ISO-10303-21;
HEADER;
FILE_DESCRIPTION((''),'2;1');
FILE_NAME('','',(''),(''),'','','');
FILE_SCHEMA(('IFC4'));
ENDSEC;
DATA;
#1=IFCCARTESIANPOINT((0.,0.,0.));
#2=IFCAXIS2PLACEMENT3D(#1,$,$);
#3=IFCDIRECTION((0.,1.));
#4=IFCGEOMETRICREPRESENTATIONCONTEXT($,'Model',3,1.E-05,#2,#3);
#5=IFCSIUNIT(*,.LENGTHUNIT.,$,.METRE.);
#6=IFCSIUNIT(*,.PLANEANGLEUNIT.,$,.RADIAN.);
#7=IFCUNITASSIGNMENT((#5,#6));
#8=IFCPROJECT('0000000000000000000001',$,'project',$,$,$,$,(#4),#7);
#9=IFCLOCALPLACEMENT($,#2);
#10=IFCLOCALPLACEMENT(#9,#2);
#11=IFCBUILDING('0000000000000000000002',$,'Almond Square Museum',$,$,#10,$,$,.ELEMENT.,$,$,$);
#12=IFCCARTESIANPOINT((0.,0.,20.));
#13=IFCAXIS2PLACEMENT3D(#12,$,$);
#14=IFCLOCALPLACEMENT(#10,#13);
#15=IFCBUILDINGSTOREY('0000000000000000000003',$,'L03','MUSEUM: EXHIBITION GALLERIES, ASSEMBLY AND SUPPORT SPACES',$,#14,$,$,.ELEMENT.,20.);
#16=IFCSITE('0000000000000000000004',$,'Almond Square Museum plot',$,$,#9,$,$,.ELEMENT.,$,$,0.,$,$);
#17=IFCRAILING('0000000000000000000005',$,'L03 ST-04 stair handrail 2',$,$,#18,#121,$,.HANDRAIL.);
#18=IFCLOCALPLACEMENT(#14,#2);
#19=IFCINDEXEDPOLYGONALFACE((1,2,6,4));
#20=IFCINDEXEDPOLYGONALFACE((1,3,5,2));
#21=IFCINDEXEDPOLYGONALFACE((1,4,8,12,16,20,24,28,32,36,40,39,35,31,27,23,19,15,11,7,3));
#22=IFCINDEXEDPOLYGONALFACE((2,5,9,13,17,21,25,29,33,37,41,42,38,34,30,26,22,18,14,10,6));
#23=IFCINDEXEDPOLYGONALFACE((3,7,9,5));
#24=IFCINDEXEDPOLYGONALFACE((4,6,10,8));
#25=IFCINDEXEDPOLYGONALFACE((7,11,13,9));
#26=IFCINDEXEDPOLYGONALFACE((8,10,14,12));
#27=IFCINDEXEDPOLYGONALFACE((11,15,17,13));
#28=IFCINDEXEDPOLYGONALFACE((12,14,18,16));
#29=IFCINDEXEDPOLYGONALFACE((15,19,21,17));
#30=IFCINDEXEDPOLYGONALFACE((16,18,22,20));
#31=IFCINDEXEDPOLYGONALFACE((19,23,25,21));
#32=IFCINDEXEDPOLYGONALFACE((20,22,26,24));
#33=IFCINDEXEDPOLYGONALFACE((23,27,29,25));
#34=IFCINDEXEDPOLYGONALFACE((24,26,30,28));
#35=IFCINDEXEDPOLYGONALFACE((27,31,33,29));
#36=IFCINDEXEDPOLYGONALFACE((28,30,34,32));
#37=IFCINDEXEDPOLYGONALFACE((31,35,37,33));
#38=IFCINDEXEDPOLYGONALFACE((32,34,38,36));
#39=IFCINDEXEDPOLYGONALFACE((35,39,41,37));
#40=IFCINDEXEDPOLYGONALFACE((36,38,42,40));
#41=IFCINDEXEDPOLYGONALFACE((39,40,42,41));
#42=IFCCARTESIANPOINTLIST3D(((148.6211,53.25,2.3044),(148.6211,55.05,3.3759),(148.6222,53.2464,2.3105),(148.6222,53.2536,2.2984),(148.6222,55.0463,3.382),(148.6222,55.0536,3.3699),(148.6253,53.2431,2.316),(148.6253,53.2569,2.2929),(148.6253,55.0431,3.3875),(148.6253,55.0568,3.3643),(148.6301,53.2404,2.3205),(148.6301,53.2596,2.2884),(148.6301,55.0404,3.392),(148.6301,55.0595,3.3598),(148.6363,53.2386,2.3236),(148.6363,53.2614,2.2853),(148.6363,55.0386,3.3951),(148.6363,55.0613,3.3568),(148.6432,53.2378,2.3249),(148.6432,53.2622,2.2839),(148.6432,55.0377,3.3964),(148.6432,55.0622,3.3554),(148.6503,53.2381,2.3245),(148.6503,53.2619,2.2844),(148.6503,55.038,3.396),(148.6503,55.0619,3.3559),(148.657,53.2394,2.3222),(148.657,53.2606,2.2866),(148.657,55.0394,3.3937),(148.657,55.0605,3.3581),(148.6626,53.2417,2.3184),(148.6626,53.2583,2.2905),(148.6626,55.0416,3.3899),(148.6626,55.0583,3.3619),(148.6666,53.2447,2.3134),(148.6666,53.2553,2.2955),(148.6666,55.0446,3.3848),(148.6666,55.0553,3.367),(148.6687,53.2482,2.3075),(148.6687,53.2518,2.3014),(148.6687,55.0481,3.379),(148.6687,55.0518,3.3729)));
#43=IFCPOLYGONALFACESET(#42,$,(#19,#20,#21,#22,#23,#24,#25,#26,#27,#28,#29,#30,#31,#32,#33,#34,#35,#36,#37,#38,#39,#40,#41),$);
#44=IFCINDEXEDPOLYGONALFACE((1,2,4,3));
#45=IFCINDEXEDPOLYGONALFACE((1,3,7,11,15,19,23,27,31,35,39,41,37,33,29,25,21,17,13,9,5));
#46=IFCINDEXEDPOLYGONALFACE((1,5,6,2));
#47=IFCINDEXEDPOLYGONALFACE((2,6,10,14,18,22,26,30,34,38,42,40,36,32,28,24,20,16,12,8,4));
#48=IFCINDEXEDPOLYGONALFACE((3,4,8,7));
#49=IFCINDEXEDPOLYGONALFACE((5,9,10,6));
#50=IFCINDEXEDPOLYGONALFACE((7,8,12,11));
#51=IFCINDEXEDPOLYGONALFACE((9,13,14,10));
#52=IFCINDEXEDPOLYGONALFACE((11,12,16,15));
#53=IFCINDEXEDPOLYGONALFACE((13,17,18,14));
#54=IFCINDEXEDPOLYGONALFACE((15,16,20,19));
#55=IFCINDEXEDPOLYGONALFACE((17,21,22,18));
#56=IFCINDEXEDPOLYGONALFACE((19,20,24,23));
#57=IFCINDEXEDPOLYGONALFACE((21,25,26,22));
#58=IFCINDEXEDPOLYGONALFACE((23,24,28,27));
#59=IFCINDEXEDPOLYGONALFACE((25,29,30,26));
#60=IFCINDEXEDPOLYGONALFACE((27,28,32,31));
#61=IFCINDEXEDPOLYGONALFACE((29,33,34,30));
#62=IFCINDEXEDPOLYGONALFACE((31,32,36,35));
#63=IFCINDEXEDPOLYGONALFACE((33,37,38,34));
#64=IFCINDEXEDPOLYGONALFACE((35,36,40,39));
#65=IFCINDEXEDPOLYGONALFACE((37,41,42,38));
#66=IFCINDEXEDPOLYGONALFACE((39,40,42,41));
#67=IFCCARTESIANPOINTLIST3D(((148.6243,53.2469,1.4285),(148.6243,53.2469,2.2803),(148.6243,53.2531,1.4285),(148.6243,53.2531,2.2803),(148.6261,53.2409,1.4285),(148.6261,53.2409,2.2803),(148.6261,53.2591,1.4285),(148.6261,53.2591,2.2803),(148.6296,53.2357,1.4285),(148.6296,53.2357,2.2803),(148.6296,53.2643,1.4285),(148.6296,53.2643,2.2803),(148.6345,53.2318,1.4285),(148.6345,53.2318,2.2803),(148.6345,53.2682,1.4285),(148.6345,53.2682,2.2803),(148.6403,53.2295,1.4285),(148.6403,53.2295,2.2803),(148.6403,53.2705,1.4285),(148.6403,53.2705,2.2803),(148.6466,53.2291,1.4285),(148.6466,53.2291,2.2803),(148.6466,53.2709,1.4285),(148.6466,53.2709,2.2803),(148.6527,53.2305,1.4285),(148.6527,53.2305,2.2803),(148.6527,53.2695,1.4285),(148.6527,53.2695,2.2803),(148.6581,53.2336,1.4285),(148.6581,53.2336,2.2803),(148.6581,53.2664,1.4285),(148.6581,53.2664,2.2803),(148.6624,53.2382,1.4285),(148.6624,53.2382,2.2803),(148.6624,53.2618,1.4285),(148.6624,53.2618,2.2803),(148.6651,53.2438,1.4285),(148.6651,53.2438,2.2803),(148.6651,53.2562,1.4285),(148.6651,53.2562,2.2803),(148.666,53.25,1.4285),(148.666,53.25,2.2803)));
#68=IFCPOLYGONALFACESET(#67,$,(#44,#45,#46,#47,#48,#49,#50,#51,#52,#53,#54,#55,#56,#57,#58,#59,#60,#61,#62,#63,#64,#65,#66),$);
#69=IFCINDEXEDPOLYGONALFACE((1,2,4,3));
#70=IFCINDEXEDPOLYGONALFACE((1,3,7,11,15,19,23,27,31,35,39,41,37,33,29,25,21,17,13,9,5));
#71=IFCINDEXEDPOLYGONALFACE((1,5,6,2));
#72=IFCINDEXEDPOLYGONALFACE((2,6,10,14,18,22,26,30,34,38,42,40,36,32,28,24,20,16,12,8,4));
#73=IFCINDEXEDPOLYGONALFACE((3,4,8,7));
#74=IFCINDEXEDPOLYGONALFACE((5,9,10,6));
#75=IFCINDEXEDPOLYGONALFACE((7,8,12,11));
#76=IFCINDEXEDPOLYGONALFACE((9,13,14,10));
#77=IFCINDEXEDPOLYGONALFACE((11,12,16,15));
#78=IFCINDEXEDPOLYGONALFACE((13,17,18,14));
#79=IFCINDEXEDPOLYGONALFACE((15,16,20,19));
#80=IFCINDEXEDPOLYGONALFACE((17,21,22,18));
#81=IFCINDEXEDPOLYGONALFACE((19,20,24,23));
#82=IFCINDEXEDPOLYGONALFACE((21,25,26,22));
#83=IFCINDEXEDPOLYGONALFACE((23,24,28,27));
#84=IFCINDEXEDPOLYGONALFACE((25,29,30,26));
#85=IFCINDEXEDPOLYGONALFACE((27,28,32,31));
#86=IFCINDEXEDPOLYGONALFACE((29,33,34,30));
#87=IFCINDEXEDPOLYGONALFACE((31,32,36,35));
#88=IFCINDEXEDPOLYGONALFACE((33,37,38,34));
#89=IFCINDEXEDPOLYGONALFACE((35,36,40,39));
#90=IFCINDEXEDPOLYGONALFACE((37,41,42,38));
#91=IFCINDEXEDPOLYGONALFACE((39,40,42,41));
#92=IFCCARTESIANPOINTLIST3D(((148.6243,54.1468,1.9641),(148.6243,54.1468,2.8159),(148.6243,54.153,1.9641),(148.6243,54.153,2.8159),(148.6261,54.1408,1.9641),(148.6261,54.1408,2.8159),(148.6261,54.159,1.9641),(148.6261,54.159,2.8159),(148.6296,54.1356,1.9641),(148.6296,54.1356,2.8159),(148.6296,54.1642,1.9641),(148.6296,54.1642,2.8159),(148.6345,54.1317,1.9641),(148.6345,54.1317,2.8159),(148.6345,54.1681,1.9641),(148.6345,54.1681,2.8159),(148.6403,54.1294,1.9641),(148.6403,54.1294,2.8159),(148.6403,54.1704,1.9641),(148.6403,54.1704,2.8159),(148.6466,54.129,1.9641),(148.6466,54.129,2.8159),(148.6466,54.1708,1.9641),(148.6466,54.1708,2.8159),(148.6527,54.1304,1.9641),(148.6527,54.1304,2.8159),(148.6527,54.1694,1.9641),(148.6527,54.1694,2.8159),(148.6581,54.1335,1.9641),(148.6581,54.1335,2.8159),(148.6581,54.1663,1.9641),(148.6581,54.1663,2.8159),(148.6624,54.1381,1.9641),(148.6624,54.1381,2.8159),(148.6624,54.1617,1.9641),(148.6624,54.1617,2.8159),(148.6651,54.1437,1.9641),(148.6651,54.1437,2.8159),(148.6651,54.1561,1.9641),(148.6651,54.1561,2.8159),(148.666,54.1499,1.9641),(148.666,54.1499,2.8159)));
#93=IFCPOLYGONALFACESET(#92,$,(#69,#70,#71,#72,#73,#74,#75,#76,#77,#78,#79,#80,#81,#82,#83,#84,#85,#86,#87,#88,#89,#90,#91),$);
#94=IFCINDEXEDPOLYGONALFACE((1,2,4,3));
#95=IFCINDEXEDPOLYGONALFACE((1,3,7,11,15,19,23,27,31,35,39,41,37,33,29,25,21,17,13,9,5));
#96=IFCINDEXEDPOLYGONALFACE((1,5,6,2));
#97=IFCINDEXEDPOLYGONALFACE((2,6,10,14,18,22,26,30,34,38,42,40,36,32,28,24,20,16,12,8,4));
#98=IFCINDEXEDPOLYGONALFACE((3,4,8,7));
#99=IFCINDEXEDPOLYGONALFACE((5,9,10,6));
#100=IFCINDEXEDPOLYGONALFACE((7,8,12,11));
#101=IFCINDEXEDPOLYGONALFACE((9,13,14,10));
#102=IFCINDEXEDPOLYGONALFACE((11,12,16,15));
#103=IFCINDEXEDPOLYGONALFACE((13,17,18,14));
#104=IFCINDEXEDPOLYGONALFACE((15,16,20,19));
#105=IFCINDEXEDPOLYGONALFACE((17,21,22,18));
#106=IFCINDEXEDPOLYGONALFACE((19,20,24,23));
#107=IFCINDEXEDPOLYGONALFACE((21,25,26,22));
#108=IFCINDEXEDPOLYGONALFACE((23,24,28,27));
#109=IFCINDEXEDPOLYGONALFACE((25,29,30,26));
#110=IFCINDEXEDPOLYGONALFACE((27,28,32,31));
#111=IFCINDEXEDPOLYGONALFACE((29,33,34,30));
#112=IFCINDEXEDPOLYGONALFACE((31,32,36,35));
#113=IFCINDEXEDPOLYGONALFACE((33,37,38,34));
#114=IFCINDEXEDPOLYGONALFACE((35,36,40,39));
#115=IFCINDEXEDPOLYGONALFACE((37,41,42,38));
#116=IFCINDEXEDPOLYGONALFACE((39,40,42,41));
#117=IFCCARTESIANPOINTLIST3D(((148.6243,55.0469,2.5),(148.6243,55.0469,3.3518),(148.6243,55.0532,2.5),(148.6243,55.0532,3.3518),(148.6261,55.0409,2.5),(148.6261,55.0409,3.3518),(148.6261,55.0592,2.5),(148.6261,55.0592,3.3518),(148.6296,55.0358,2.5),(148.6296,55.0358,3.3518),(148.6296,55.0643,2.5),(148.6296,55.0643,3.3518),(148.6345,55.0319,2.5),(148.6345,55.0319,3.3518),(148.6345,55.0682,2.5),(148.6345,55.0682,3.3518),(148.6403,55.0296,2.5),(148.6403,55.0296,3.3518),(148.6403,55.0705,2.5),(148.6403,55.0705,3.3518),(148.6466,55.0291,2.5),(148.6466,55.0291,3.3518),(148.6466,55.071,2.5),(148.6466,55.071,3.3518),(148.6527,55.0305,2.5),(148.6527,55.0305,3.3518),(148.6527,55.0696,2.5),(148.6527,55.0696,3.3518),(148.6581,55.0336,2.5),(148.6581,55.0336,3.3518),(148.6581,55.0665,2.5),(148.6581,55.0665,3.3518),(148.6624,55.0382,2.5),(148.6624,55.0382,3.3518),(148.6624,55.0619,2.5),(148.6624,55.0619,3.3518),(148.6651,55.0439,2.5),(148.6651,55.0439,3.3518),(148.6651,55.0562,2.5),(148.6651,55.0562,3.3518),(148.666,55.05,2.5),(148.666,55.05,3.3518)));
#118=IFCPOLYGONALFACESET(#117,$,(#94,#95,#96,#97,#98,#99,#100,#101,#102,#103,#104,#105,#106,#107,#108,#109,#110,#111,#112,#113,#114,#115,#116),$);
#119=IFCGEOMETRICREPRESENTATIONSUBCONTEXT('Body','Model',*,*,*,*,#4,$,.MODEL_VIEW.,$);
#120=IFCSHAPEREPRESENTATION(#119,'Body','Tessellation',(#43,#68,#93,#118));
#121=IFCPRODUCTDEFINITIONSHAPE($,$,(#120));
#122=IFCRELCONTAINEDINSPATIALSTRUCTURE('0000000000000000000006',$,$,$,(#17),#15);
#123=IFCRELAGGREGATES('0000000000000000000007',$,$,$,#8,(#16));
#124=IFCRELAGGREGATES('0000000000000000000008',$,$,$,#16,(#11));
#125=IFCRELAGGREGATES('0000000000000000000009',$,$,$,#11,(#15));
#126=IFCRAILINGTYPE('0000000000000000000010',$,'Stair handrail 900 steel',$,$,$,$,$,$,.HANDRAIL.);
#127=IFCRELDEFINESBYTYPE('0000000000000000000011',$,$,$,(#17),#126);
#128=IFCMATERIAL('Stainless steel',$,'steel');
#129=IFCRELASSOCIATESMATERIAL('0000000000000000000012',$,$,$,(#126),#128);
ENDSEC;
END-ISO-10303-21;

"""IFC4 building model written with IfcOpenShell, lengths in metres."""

from ifc_helpers import new_model, si_unit, direction, frame, origin, origin_2d, place, context, subcontext, project, spatial, circle, extrude, material, type_object, element, save


model = new_model("IFC4")

# Units and contexts
model_context = context("Model", 3, precision=1e-05, world=origin(), true_north=direction((0.0, 1.0)))
body_context = subcontext(model_context, "Body", "Model", "MODEL_VIEW")
ifc_project = project(units=[si_unit("LENGTHUNIT", "METRE"), si_unit("PLANEANGLEUNIT", "RADIAN")], contexts=[model_context])

# Site, building, storey
site_placement = place(None, origin())
site = spatial("IfcSite", under=ifc_project, at=site_placement, Name="Almond Square Museum plot", CompositionType="ELEMENT", RefElevation=0.0)
building_placement = place(site_placement, origin())
building = spatial("IfcBuilding", under=site, at=building_placement, Name="Almond Square Museum", CompositionType="ELEMENT")
storey_placement = place(building_placement, frame((0.0, 0.0, 20.0)))
storey = spatial("IfcBuildingStorey", under=building, at=storey_placement, Name="L03", Description="MUSEUM: EXHIBITION GALLERIES, ASSEMBLY AND SUPPORT SPACES", CompositionType="ELEMENT", Elevation=20.0)

# Railing
ifc_material_1 = material(Name="Stainless steel", Category="steel")
railing_type_1 = type_object("IfcRailingType", Name="Stair handrail 900 steel", PredefinedType="HANDRAIL", material=ifc_material_1)
railing_1_placement = place(storey_placement, frame((148.645, 53.25, 1.4285)))
element("IfcRailing", 1, at=railing_1_placement, inside=storey, type_object=railing_type_1, Name="L03 ST-04 stair handrail 2", PredefinedType="HANDRAIL", context=body_context, shape_type="SweptSolid", body=[
    extrude(circle(Radius=0.0239, at=origin_2d()), frame((0.0, 0.0, 0.876), z_axis=(0.0, 0.859277, 0.51151), x_axis=(-1.0, 0.0, 0.0)), (0.0, 0.0, 1.0), 2.0947),
    extrude(circle(Radius=0.021, at=origin_2d()), origin(), (0.0, 0.0, 1.0), 0.8518),
    extrude(circle(Radius=0.021, at=origin_2d()), frame((0.0, 0.8999, 0.5356)), (0.0, 0.0, 1.0), 0.8518),
    extrude(circle(Radius=0.021, at=origin_2d()), frame((0.0, 1.8, 1.0715)), (0.0, 0.0, 1.0), 0.8518),
])

save(model, "model.ifc")
